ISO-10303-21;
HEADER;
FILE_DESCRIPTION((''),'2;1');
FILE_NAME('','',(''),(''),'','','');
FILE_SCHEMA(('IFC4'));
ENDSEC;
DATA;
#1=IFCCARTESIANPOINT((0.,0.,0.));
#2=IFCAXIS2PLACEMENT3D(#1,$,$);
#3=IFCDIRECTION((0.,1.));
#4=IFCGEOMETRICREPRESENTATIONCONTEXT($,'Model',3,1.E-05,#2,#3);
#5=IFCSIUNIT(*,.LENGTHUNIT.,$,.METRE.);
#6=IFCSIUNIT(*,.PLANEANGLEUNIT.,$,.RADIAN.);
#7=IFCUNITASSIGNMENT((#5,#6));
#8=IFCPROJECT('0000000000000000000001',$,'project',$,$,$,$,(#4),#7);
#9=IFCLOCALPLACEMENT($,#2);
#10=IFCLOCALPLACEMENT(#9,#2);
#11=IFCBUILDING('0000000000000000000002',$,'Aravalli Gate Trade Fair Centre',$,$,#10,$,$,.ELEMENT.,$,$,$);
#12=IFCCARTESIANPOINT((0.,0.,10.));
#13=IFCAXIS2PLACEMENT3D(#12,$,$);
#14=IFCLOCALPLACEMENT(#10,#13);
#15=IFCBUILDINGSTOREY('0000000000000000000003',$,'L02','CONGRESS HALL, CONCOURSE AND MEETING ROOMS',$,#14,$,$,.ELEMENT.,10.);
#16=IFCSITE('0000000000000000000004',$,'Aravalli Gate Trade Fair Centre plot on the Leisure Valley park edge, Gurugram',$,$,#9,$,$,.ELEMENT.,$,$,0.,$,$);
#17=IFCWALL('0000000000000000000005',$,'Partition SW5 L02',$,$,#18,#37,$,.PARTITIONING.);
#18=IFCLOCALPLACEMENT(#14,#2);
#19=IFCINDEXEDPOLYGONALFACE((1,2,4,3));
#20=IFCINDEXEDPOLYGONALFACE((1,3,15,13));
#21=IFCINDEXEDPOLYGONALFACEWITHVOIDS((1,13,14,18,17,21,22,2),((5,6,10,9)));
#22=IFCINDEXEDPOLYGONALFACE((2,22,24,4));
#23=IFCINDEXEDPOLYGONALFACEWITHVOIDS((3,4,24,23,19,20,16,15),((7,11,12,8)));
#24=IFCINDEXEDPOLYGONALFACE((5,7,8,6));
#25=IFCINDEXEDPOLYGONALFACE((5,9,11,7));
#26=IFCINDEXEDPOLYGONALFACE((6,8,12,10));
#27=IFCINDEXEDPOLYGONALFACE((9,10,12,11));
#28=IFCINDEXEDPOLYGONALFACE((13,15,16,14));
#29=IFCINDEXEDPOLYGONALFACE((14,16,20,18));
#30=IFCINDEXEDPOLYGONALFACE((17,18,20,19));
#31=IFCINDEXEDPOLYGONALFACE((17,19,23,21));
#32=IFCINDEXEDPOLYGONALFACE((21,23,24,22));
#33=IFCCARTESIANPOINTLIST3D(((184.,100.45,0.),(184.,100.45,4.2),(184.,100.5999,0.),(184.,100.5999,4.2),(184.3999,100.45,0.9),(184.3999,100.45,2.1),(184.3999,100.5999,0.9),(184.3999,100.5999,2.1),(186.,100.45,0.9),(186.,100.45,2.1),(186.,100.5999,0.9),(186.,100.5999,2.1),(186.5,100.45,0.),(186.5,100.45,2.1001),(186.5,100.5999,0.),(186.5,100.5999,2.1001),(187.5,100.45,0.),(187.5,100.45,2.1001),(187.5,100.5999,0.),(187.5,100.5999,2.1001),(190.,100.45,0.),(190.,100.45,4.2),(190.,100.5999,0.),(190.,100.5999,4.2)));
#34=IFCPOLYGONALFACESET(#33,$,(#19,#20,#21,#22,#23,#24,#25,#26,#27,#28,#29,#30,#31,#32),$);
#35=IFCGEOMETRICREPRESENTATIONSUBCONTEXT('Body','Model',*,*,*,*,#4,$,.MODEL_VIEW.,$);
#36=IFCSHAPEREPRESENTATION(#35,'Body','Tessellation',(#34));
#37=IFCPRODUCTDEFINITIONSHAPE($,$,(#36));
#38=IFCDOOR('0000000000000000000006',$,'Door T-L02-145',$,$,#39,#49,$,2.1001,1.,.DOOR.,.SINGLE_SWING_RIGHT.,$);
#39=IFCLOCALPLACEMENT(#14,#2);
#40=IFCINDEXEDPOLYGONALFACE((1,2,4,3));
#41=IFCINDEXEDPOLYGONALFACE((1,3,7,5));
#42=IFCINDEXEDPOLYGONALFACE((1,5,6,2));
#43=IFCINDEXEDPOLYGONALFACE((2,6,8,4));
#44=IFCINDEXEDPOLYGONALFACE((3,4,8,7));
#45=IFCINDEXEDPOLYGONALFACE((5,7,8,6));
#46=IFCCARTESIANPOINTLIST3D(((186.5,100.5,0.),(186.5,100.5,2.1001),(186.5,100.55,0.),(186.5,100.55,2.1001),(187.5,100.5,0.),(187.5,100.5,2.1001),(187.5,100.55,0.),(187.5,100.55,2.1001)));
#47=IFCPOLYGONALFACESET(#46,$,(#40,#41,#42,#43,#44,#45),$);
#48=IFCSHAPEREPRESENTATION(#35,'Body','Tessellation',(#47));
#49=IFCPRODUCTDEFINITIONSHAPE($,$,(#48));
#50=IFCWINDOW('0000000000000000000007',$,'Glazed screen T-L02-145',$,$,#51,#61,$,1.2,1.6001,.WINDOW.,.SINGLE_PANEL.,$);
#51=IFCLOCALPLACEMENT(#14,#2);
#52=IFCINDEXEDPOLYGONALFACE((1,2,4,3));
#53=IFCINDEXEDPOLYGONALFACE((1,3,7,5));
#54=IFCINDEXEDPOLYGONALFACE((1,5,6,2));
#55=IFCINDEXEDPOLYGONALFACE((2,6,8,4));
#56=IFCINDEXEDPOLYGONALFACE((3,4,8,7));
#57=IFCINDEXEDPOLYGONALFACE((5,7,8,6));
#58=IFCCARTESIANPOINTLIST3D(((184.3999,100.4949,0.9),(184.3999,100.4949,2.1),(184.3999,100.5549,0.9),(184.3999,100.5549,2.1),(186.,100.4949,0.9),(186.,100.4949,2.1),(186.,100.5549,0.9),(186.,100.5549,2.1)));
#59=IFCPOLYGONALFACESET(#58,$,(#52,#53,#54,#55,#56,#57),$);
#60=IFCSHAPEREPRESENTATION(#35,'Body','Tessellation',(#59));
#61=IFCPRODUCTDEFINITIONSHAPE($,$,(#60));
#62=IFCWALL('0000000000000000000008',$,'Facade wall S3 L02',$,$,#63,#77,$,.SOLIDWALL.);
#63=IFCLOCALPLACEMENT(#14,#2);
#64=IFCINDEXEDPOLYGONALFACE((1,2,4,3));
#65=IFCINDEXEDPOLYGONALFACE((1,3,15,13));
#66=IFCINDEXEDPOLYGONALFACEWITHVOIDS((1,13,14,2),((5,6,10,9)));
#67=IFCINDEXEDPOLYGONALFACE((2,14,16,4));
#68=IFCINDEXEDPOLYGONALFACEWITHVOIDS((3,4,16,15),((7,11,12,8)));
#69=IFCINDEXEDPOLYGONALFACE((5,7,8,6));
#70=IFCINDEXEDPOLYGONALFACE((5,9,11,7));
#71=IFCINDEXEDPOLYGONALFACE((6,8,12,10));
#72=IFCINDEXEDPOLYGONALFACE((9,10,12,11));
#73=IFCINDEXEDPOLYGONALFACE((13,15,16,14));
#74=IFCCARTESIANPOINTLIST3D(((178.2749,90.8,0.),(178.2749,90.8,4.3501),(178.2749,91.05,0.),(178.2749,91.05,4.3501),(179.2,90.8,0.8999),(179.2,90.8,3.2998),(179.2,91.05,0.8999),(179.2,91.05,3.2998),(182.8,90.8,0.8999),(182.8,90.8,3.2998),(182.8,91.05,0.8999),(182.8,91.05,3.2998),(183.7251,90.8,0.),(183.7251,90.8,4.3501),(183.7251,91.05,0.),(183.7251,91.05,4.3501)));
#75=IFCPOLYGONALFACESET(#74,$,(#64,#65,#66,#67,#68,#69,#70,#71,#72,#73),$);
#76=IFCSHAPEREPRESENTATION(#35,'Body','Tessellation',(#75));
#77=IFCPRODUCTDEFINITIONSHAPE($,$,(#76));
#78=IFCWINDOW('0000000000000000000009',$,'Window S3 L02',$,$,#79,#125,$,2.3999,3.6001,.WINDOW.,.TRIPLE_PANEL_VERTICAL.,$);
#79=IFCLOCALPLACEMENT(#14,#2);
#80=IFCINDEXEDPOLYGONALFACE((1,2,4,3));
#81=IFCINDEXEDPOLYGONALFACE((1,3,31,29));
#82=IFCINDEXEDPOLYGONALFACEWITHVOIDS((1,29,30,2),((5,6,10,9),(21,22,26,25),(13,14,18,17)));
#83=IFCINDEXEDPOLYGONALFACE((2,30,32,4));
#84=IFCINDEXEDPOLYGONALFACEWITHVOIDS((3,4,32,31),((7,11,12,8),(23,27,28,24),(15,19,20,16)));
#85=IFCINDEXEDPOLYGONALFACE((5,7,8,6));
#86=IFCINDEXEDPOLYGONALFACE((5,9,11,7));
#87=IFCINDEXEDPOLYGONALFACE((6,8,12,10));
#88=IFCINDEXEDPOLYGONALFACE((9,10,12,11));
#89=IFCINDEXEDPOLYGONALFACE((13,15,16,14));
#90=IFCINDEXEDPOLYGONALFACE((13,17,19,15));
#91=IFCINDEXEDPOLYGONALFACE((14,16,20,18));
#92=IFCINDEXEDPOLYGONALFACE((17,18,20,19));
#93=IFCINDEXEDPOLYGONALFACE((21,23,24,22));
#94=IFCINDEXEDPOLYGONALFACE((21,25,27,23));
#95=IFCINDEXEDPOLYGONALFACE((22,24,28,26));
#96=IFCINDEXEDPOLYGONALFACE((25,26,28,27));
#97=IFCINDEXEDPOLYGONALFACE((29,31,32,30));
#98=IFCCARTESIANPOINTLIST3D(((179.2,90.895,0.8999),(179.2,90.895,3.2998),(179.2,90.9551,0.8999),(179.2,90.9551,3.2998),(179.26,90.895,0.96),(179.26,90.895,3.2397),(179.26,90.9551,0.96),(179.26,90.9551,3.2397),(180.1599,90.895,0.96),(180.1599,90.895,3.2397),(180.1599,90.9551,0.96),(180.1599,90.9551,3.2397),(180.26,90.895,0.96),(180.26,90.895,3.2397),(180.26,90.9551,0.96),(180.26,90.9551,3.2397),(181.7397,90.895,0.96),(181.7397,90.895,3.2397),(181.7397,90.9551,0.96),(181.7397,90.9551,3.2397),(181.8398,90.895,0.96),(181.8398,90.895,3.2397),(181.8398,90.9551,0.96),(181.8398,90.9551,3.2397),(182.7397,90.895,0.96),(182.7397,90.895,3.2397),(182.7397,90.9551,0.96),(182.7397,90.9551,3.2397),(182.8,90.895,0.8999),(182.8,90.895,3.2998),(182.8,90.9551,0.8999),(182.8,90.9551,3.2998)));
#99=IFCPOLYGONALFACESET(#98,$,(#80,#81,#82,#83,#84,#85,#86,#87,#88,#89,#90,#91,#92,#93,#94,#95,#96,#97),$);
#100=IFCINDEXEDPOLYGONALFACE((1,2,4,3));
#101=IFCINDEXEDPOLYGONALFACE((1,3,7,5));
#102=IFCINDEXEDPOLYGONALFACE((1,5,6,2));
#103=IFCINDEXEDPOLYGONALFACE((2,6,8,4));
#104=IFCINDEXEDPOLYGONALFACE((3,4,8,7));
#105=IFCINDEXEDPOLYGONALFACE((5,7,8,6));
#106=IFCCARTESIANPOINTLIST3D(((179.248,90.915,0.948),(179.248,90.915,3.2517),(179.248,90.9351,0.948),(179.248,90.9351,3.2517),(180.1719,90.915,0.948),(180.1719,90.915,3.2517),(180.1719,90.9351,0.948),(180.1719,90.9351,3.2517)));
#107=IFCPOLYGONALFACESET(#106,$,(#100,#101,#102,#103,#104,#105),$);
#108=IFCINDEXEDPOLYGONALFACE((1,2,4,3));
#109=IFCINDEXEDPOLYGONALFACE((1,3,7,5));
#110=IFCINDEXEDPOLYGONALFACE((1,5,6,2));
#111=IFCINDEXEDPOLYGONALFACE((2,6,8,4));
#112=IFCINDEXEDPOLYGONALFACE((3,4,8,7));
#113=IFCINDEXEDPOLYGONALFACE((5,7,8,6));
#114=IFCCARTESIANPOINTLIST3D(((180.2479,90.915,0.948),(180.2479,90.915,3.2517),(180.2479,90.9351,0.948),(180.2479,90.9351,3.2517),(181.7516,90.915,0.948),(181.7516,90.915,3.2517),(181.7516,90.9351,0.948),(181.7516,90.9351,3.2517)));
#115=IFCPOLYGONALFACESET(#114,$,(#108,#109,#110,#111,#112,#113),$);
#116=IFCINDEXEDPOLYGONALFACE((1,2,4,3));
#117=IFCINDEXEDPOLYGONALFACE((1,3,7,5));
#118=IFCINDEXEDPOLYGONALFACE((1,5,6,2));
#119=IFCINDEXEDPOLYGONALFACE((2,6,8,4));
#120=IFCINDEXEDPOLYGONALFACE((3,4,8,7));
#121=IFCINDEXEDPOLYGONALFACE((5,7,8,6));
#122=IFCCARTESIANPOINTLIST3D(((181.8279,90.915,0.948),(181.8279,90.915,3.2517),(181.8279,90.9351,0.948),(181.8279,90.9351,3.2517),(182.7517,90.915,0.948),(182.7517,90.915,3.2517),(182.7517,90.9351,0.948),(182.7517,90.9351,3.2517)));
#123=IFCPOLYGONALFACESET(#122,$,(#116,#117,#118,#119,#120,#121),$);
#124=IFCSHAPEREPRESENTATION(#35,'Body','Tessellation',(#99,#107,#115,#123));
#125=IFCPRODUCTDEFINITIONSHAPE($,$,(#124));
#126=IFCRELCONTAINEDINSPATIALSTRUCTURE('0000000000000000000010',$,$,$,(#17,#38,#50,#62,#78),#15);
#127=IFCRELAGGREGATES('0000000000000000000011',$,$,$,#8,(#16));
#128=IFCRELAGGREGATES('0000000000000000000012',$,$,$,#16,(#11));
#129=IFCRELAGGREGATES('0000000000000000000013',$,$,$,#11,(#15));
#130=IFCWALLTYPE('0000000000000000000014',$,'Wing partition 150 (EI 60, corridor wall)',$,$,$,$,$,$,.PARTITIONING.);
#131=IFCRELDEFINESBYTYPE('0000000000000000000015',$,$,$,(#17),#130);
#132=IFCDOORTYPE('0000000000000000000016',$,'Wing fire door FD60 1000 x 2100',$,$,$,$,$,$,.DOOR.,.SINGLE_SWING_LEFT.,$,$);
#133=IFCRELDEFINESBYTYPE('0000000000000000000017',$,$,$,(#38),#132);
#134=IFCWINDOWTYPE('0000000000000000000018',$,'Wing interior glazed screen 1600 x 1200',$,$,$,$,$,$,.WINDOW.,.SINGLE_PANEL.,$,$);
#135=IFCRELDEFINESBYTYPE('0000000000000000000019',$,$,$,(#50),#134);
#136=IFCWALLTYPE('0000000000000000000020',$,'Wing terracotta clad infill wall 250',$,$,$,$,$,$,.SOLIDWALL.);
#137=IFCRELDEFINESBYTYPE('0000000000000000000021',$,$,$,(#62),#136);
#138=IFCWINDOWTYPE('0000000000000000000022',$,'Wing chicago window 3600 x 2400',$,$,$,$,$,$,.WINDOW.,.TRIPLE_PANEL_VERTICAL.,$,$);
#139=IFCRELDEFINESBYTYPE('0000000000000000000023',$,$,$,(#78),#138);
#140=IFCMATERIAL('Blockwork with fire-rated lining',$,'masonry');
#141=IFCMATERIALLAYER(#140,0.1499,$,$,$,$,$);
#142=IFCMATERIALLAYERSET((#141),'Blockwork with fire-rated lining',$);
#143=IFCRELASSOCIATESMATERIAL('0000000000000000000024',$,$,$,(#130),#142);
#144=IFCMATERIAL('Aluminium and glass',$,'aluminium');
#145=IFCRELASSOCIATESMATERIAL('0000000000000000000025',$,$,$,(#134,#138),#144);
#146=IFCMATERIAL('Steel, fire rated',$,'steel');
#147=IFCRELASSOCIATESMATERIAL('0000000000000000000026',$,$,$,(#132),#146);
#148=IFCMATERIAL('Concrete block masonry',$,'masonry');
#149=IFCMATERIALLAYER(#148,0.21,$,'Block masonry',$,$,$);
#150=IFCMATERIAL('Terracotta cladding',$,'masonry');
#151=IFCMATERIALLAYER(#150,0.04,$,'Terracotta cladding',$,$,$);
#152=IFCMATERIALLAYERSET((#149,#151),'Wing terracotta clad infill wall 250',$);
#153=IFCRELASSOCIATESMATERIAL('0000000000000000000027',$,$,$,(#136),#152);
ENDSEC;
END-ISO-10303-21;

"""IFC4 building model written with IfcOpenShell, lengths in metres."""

from ifc_helpers import new_model, si_unit, direction, frame, frame_2d, origin, place, context, subcontext, project, spatial, polyline, rectangle, outline, extrude, material, layer, layer_set, type_object, element, fill, save


model = new_model("IFC4")

# Units and contexts
model_context = context("Model", 3, precision=1e-05, world=origin(), true_north=direction((0.0, 1.0)))
body_context = subcontext(model_context, "Body", "Model", "MODEL_VIEW")
ifc_project = project(units=[si_unit("LENGTHUNIT", "METRE"), si_unit("PLANEANGLEUNIT", "RADIAN")], contexts=[model_context])

# Site, building, storey
site_placement = place(None, origin())
site = spatial("IfcSite", under=ifc_project, at=site_placement, Name="Aravalli Gate Trade Fair Centre plot on the Leisure Valley park edge, Gurugram", CompositionType="ELEMENT", RefElevation=0.0)
building_placement = place(site_placement, origin())
building = spatial("IfcBuilding", under=site, at=building_placement, Name="Aravalli Gate Trade Fair Centre", CompositionType="ELEMENT")
storey_placement = place(building_placement, frame((0.0, 0.0, 10.0)))
storey = spatial("IfcBuildingStorey", under=building, at=storey_placement, Name="L02", Description="CONGRESS HALL, CONCOURSE AND MEETING ROOMS", CompositionType="ELEMENT", Elevation=10.0)

# Shared definitions
ifc_material_1 = material(Name="Blockwork with fire-rated lining", Category="masonry")
ifc_layer_1 = layer(ifc_material_1, 0.1499)
ifc_layer_set_1 = layer_set([ifc_layer_1], Name="Blockwork with fire-rated lining")
wall_type_1 = type_object("IfcWallType", Name="Wing partition 150 (EI 60, corridor wall)", PredefinedType="PARTITIONING", material=ifc_layer_set_1)

# Shared definitions
ifc_material_2 = material(Name="Steel, fire rated", Category="steel")
ifc_material_3 = material(Name="Aluminium and glass", Category="aluminium")
window_type_1 = type_object("IfcWindowType", Name="Wing interior glazed screen 1600 x 1200", PartitioningType="SINGLE_PANEL", PredefinedType="WINDOW", material=ifc_material_3)

# Wall, openings, door, window
wall_1_placement = place(storey_placement, frame((184.0, 100.5249, 0.0), z_axis=(0.0, 0.0, 1.0), x_axis=(1.0, 0.0, 0.0)))
wall_1 = element("IfcWall", 1, at=wall_1_placement, inside=storey, type_object=wall_type_1, Name="Partition SW5 L02", PredefinedType="PARTITIONING", context=body_context, shape_type="SweptSolid", body=[
    extrude(rectangle(XDim=6.0, YDim=0.1499, at=frame_2d((3.0, 0.0))), origin(), (0.0, 0.0, 1.0), 4.2),
])
opening_1_placement = place(wall_1_placement, frame((0.3999, 0.0, 0.8999)))
opening_1 = element("IfcOpeningElement", 2, at=opening_1_placement, cuts=wall_1, PredefinedType="OPENING", context=body_context, shape_type="SweptSolid", body=[
    extrude(rectangle(XDim=1.6001, YDim=1.2, at=frame_2d((0.8, 0.6001))), frame((0.0, 0.085, 0.0), z_axis=(0.0, -1.0, 0.0), x_axis=(1.0, 0.0, 0.0)), (0.0, 0.0, 1.0), 0.1699),
])
opening_2_placement = place(wall_1_placement, frame((2.5, 0.0, 0.0)))
opening_2 = element("IfcOpeningElement", 3, at=opening_2_placement, cuts=wall_1, PredefinedType="OPENING", context=body_context, shape_type="SweptSolid", body=[
    extrude(rectangle(XDim=1.0, YDim=2.1001, at=frame_2d((0.5, 1.05))), frame((0.0, 0.085, 0.0), z_axis=(0.0, -1.0, 0.0), x_axis=(1.0, 0.0, 0.0)), (0.0, 0.0, 1.0), 0.1699),
])
door_type_1 = type_object("IfcDoorType", Name="Wing fire door FD60 1000 x 2100", OperationType="SINGLE_SWING_LEFT", PredefinedType="DOOR", material=ifc_material_2)
door_1_placement = place(opening_2_placement, frame((1.0, 0.0, 0.0), z_axis=(0.0, 0.0, 1.0), x_axis=(-1.0, 0.0, 0.0)))
door_1 = element("IfcDoor", 4, at=door_1_placement, inside=storey, type_object=door_type_1, Name="Door T-L02-145", OperationType="SINGLE_SWING_RIGHT", OverallHeight=2.1001, OverallWidth=1.0, PredefinedType="DOOR", context=body_context, shape_type="SweptSolid", body=[
    extrude(rectangle(XDim=1.0, YDim=2.1001, at=frame_2d((0.5, 1.05))), frame((0.0, 0.0249, 0.0), z_axis=(0.0, -1.0, 0.0), x_axis=(1.0, 0.0, 0.0)), (0.0, 0.0, 1.0), 0.05),
])
fill(opening_2, door_1)
window_1_placement = place(opening_1_placement, origin())
window_1 = element("IfcWindow", 5, at=window_1_placement, inside=storey, type_object=window_type_1, Name="Glazed screen T-L02-145", OverallHeight=1.2, OverallWidth=1.6001, PartitioningType="SINGLE_PANEL", PredefinedType="WINDOW", context=body_context, shape_type="SweptSolid", body=[
    extrude(rectangle(XDim=1.6001, YDim=1.2, at=frame_2d((0.8, 0.6001))), frame((0.0, 0.03, 0.0), z_axis=(0.0, -1.0, 0.0), x_axis=(1.0, 0.0, 0.0)), (0.0, 0.0, 1.0), 0.0601),
])
fill(opening_1, window_1)

# Wall, opening, window
ifc_material_4 = material(Name="Concrete block masonry", Category="masonry")
ifc_layer_2 = layer(ifc_material_4, 0.21, Name="Block masonry")
ifc_material_5 = material(Name="Terracotta cladding", Category="masonry")
ifc_layer_3 = layer(ifc_material_5, 0.04, Name="Terracotta cladding")
ifc_layer_set_2 = layer_set([ifc_layer_2, ifc_layer_3], Name="Wing terracotta clad infill wall 250")
wall_type_2 = type_object("IfcWallType", Name="Wing terracotta clad infill wall 250", PredefinedType="SOLIDWALL", material=ifc_layer_set_2)
wall_2_placement = place(storey_placement, frame((178.2749, 90.925, 0.0), z_axis=(0.0, 0.0, 1.0), x_axis=(1.0, 0.0, 0.0)))
wall_2 = element("IfcWall", 6, at=wall_2_placement, inside=storey, type_object=wall_type_2, Name="Facade wall S3 L02", PredefinedType="SOLIDWALL", context=body_context, shape_type="SweptSolid", body=[
    extrude(rectangle(XDim=5.4502, YDim=0.25, at=frame_2d((2.7251, 0.0))), origin(), (0.0, 0.0, 1.0), 4.3501),
])
opening_3_placement = place(wall_2_placement, frame((0.925, 0.0, 0.8999)))
opening_3 = element("IfcOpeningElement", 7, at=opening_3_placement, cuts=wall_2, PredefinedType="OPENING", context=body_context, shape_type="SweptSolid", body=[
    extrude(rectangle(XDim=3.6001, YDim=2.3999, at=frame_2d((1.8, 1.2))), frame((0.0, 0.135, 0.0), z_axis=(0.0, -1.0, 0.0), x_axis=(1.0, 0.0, 0.0)), (0.0, 0.0, 1.0), 0.27),
])
window_type_2 = type_object("IfcWindowType", Name="Wing chicago window 3600 x 2400", PartitioningType="TRIPLE_PANEL_VERTICAL", PredefinedType="WINDOW", material=ifc_material_3)
window_2_placement = place(opening_3_placement, origin())
window_2 = element("IfcWindow", 8, at=window_2_placement, inside=storey, type_object=window_type_2, Name="Window S3 L02", OverallHeight=2.3999, OverallWidth=3.6001, PartitioningType="TRIPLE_PANEL_VERTICAL", PredefinedType="WINDOW", context=body_context, shape_type="SweptSolid", body=[
    extrude(outline(polyline([(0.0, 0.0), (3.6001, 0.0), (3.6001, 2.3999), (0.0, 2.3999), (0.0, 0.0)]), holes=[polyline([(0.0601, 0.0601), (0.96, 0.0601), (0.96, 2.3398), (0.0601, 2.3398), (0.0601, 0.0601)]), polyline([(1.0601, 0.0601), (2.5398, 0.0601), (2.5398, 2.3398), (1.0601, 2.3398), (1.0601, 0.0601)]), polyline([(2.6399, 0.0601), (3.5398, 0.0601), (3.5398, 2.3398), (2.6399, 2.3398), (2.6399, 0.0601)])]), frame((0.0, 0.03, 0.0), z_axis=(0.0, -1.0, 0.0), x_axis=(1.0, 0.0, 0.0)), (0.0, 0.0, 1.0), 0.0601),
    extrude(rectangle(XDim=0.9238, YDim=2.3037, at=frame_2d((0.51, 1.2))), frame((0.0, 0.01, 0.0), z_axis=(0.0, -1.0, 0.0), x_axis=(1.0, 0.0, 0.0)), (0.0, 0.0, 1.0), 0.02),
    extrude(rectangle(XDim=1.5037, YDim=2.3037, at=frame_2d((1.7998, 1.2))), frame((0.0, 0.01, 0.0), z_axis=(0.0, -1.0, 0.0), x_axis=(1.0, 0.0, 0.0)), (0.0, 0.0, 1.0), 0.02),
    extrude(rectangle(XDim=0.9238, YDim=2.3037, at=frame_2d((3.0898, 1.2))), frame((0.0, 0.01, 0.0), z_axis=(0.0, -1.0, 0.0), x_axis=(1.0, 0.0, 0.0)), (0.0, 0.0, 1.0), 0.02),
])
fill(opening_3, window_2)

save(model, "model.ifc")
